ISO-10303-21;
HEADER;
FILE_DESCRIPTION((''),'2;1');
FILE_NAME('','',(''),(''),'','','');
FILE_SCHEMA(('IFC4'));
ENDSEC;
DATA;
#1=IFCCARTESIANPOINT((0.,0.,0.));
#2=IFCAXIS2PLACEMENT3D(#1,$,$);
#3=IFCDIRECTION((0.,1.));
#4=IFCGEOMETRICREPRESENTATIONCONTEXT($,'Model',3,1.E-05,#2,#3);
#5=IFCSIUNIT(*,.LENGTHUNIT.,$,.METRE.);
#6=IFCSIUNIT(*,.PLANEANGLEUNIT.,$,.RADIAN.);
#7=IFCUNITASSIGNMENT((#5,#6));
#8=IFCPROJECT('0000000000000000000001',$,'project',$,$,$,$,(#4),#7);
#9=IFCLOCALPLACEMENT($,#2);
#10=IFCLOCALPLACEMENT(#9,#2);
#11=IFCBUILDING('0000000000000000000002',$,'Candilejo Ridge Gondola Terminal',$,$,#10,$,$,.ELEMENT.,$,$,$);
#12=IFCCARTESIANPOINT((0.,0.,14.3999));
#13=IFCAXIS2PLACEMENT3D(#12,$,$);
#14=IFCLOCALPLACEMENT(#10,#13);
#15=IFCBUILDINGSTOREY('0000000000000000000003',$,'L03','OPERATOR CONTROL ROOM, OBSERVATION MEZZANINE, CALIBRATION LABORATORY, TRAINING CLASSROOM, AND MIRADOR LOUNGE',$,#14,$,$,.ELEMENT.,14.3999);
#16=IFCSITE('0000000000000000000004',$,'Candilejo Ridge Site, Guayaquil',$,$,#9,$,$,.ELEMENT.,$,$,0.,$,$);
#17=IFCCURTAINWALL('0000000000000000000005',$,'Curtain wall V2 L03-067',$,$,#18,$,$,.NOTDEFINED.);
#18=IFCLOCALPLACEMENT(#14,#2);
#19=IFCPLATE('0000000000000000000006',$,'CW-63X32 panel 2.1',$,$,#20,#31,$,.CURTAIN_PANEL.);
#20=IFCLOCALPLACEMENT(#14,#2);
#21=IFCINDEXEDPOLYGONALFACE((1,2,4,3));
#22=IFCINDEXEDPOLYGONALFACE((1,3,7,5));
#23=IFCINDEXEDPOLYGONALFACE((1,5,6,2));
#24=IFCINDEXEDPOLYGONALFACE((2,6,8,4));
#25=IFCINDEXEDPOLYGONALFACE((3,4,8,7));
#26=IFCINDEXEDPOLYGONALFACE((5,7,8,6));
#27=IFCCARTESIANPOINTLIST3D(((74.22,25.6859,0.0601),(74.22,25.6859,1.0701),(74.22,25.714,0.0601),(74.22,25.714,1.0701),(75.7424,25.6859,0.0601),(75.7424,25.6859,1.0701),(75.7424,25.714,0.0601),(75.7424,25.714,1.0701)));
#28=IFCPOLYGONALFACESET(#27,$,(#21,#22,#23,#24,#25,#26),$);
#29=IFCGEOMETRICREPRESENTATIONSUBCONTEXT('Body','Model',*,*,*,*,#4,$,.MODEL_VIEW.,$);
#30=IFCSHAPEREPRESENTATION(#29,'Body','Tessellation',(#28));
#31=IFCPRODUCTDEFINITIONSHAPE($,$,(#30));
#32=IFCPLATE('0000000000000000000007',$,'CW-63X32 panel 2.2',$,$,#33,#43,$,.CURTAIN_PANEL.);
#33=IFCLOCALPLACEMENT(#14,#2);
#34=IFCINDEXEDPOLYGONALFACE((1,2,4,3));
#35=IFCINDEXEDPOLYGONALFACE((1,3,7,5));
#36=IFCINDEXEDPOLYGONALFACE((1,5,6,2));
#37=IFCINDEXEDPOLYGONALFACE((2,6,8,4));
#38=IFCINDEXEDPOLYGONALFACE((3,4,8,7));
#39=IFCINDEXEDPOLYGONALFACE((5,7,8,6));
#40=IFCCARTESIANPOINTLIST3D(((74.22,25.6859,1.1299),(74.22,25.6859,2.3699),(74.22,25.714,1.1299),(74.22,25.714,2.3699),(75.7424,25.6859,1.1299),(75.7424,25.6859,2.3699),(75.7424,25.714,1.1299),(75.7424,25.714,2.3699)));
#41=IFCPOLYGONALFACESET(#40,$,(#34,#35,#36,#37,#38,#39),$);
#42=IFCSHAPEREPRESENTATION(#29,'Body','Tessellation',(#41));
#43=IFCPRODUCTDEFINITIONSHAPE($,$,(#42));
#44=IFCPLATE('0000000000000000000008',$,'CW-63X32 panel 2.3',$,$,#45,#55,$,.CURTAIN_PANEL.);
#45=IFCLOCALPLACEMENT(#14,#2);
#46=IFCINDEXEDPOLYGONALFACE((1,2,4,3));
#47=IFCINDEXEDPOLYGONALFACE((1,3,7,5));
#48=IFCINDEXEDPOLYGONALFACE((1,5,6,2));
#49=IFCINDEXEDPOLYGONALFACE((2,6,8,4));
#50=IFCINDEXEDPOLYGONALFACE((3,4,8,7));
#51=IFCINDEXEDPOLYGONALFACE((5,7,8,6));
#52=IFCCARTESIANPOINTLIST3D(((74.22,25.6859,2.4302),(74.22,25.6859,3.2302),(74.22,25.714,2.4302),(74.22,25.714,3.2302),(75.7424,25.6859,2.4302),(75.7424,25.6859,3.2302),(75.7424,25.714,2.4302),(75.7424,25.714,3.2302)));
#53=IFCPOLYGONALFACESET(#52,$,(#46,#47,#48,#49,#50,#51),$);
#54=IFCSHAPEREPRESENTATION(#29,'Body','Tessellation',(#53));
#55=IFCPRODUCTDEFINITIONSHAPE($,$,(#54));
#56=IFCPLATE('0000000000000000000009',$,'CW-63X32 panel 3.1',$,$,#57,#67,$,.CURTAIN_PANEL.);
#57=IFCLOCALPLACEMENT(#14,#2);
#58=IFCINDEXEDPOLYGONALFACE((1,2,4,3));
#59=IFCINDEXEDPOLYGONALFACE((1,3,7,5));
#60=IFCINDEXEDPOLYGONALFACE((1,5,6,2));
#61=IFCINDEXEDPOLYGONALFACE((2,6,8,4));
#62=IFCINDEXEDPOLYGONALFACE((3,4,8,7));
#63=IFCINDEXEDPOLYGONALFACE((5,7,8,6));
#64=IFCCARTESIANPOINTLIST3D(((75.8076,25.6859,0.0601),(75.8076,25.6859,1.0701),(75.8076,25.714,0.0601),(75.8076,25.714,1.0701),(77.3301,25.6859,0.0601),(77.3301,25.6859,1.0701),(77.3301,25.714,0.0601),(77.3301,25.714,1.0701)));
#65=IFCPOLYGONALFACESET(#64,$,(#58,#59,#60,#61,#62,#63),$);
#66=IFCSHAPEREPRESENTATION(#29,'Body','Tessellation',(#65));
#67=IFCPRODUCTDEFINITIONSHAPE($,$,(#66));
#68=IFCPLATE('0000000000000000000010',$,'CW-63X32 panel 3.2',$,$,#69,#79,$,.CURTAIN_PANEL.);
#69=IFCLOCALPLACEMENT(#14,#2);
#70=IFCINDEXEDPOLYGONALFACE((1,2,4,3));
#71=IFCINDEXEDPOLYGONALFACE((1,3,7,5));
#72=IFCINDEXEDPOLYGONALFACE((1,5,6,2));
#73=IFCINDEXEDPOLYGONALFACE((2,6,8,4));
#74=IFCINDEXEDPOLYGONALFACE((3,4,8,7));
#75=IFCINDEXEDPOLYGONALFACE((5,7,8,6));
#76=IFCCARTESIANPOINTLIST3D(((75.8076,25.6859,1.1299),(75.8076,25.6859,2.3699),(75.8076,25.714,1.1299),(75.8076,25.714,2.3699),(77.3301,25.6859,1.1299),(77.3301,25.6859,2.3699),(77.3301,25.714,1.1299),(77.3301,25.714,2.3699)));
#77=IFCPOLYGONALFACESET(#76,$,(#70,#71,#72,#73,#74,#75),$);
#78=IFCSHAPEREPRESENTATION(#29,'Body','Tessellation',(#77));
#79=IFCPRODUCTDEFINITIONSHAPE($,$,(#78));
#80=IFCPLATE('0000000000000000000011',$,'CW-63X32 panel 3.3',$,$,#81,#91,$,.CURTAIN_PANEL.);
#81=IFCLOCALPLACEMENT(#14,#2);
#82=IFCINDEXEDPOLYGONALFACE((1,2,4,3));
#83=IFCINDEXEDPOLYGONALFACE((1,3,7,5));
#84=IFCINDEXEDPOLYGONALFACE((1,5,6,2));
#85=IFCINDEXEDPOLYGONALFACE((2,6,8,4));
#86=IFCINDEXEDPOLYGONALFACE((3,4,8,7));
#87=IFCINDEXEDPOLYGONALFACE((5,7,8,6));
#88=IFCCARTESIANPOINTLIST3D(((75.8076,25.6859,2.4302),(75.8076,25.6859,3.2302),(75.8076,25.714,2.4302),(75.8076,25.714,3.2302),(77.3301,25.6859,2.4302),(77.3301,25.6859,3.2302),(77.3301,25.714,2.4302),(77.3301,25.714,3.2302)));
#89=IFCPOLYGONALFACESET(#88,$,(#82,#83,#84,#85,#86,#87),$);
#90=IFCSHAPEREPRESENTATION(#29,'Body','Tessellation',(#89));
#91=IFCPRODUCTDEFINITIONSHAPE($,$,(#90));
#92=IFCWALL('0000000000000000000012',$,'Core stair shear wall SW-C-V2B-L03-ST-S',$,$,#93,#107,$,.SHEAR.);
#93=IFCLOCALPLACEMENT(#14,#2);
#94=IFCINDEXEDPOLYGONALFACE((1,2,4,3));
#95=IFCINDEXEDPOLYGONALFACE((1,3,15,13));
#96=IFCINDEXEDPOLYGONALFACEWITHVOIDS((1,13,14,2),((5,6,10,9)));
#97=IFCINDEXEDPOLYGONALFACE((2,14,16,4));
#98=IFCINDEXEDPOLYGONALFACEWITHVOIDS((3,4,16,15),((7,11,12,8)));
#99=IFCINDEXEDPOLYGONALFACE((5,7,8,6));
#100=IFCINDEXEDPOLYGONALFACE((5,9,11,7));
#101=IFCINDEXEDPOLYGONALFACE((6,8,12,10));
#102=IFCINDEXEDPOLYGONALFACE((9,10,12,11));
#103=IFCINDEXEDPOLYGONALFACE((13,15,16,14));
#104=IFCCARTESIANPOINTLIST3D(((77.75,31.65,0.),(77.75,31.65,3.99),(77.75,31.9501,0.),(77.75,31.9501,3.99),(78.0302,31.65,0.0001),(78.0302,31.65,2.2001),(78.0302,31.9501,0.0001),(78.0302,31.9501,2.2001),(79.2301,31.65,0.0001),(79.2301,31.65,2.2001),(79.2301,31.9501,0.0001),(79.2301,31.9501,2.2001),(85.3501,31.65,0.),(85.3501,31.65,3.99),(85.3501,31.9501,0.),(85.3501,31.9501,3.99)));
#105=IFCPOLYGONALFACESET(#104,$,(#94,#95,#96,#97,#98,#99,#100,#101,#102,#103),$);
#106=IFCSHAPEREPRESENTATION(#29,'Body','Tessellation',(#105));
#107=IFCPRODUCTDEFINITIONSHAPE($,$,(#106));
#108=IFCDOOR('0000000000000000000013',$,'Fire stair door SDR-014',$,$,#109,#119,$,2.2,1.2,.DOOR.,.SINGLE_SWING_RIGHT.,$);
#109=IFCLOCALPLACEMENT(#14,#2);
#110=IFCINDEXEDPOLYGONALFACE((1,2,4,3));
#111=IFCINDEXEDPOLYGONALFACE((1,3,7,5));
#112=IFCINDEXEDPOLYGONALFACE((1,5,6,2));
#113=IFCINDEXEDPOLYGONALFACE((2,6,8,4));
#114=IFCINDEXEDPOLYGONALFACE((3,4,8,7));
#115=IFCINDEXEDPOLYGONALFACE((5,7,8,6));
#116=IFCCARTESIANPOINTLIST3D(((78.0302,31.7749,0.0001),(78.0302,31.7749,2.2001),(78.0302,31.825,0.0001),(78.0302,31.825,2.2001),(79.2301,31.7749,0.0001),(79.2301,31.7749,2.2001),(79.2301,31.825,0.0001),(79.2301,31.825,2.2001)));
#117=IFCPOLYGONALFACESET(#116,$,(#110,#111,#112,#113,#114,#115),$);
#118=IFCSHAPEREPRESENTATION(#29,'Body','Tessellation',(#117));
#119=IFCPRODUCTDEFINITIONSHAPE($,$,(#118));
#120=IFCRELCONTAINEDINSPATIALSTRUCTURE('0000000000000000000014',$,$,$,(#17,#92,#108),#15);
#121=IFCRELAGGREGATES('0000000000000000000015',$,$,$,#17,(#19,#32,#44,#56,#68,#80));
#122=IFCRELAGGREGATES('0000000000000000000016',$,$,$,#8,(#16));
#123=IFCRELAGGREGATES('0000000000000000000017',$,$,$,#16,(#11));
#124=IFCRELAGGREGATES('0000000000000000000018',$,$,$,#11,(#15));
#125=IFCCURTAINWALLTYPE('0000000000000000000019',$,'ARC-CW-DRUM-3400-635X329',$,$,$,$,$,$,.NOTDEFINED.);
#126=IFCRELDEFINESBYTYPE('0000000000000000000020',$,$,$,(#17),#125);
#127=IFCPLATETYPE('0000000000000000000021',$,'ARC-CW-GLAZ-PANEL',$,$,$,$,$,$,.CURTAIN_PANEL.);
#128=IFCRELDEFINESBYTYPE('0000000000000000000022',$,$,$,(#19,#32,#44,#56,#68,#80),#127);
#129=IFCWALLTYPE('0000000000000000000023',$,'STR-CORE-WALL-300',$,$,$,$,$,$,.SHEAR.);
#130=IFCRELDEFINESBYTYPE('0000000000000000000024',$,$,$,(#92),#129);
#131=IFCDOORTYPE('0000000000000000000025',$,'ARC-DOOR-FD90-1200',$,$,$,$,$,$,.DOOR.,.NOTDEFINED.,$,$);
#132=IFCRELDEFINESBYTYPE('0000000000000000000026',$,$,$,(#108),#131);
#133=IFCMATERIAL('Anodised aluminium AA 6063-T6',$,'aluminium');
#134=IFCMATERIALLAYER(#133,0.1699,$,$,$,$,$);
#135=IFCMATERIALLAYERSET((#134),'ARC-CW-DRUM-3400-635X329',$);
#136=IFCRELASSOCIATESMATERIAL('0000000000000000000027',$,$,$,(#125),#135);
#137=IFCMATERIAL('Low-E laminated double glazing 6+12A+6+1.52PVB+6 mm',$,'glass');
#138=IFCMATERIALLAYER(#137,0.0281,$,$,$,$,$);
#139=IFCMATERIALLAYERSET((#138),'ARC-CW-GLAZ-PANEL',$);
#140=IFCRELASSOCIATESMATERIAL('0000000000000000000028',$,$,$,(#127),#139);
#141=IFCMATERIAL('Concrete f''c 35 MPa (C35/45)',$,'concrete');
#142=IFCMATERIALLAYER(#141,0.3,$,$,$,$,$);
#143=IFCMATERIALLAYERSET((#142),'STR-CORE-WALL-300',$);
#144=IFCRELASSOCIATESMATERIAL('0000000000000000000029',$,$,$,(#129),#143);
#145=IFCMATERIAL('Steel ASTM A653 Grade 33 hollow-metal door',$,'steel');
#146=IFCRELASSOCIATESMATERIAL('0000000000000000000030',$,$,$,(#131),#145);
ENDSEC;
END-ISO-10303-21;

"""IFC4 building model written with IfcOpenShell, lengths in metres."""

from ifc_helpers import new_model, si_unit, direction, frame, frame_2d, origin, origin_2d, place, context, subcontext, project, spatial, rectangle, extrude, material, layer, layer_set, type_object, element, fill, aggregate, save


model = new_model("IFC4")

# Units and contexts
model_context = context("Model", 3, precision=1e-05, world=origin(), true_north=direction((0.0, 1.0)))
body_context = subcontext(model_context, "Body", "Model", "MODEL_VIEW")
ifc_project = project(units=[si_unit("LENGTHUNIT", "METRE"), si_unit("PLANEANGLEUNIT", "RADIAN")], contexts=[model_context])

# Site, building, storey
site_placement = place(None, origin())
site = spatial("IfcSite", under=ifc_project, at=site_placement, Name="Candilejo Ridge Site, Guayaquil", CompositionType="ELEMENT", RefElevation=0.0)
building_placement = place(site_placement, origin())
building = spatial("IfcBuilding", under=site, at=building_placement, Name="Candilejo Ridge Gondola Terminal", CompositionType="ELEMENT")
storey_placement = place(building_placement, frame((0.0, 0.0, 14.3999)))
storey = spatial("IfcBuildingStorey", under=building, at=storey_placement, Name="L03", Description="OPERATOR CONTROL ROOM, OBSERVATION MEZZANINE, CALIBRATION LABORATORY, TRAINING CLASSROOM, AND MIRADOR LOUNGE", CompositionType="ELEMENT", Elevation=14.3999)

# Curtain wall, plates
ifc_material_1 = material(Name="Anodised aluminium AA 6063-T6", Category="aluminium")
ifc_layer_1 = layer(ifc_material_1, 0.1699)
ifc_layer_set_1 = layer_set([ifc_layer_1], Name="ARC-CW-DRUM-3400-635X329")
curtain_wall_type = type_object("IfcCurtainWallType", Name="ARC-CW-DRUM-3400-635X329", PredefinedType="NOTDEFINED", material=ifc_layer_set_1)
curtain_wall_placement = place(storey_placement, origin())
curtain_wall = element("IfcCurtainWall", 1, at=curtain_wall_placement, inside=storey, type_object=curtain_wall_type, Name="Curtain wall V2 L03-067", PredefinedType="NOTDEFINED")
ifc_material_2 = material(Name="Low-E laminated double glazing 6+12A+6+1.52PVB+6 mm", Category="glass")
ifc_layer_2 = layer(ifc_material_2, 0.0281)
ifc_layer_set_2 = layer_set([ifc_layer_2], Name="ARC-CW-GLAZ-PANEL")
plate_type = type_object("IfcPlateType", Name="ARC-CW-GLAZ-PANEL", PredefinedType="CURTAIN_PANEL", material=ifc_layer_set_2)
plate_1_placement = place(storey_placement, frame((74.9812, 25.7, 0.0601), z_axis=(0.0, 0.0, 1.0), x_axis=(1.0, 0.0, 0.0)))
plate_1 = element("IfcPlate", 2, at=plate_1_placement, type_object=plate_type, Name="CW-63X32 panel 2.1", PredefinedType="CURTAIN_PANEL", context=body_context, shape_type="SweptSolid", body=[
    extrude(rectangle(XDim=1.5225, YDim=0.0281, at=origin_2d()), origin(), (0.0, 0.0, 1.0), 1.01),
])
plate_2_placement = place(storey_placement, frame((74.9812, 25.7, 1.1299), z_axis=(0.0, 0.0, 1.0), x_axis=(1.0, 0.0, 0.0)))
plate_2 = element("IfcPlate", 3, at=plate_2_placement, type_object=plate_type, Name="CW-63X32 panel 2.2", PredefinedType="CURTAIN_PANEL", context=body_context, shape_type="SweptSolid", body=[
    extrude(rectangle(XDim=1.5225, YDim=0.0281, at=origin_2d()), origin(), (0.0, 0.0, 1.0), 1.24),
])
plate_3_placement = place(storey_placement, frame((74.9812, 25.7, 2.4302), z_axis=(0.0, 0.0, 1.0), x_axis=(1.0, 0.0, 0.0)))
plate_3 = element("IfcPlate", 4, at=plate_3_placement, type_object=plate_type, Name="CW-63X32 panel 2.3", PredefinedType="CURTAIN_PANEL", context=body_context, shape_type="SweptSolid", body=[
    extrude(rectangle(XDim=1.5225, YDim=0.0281, at=origin_2d()), origin(), (0.0, 0.0, 1.0), 0.8),
])
plate_4_placement = place(storey_placement, frame((76.5688, 25.7, 0.0601), z_axis=(0.0, 0.0, 1.0), x_axis=(1.0, 0.0, 0.0)))
plate_4 = element("IfcPlate", 5, at=plate_4_placement, type_object=plate_type, Name="CW-63X32 panel 3.1", PredefinedType="CURTAIN_PANEL", context=body_context, shape_type="SweptSolid", body=[
    extrude(rectangle(XDim=1.5225, YDim=0.0281, at=origin_2d()), origin(), (0.0, 0.0, 1.0), 1.01),
])
plate_5_placement = place(storey_placement, frame((76.5688, 25.7, 1.1299), z_axis=(0.0, 0.0, 1.0), x_axis=(1.0, 0.0, 0.0)))
plate_5 = element("IfcPlate", 6, at=plate_5_placement, type_object=plate_type, Name="CW-63X32 panel 3.2", PredefinedType="CURTAIN_PANEL", context=body_context, shape_type="SweptSolid", body=[
    extrude(rectangle(XDim=1.5225, YDim=0.0281, at=origin_2d()), origin(), (0.0, 0.0, 1.0), 1.24),
])
plate_6_placement = place(storey_placement, frame((76.5688, 25.7, 2.4302), z_axis=(0.0, 0.0, 1.0), x_axis=(1.0, 0.0, 0.0)))
plate_6 = element("IfcPlate", 7, at=plate_6_placement, type_object=plate_type, Name="CW-63X32 panel 3.3", PredefinedType="CURTAIN_PANEL", context=body_context, shape_type="SweptSolid", body=[
    extrude(rectangle(XDim=1.5225, YDim=0.0281, at=origin_2d()), origin(), (0.0, 0.0, 1.0), 0.8),
])
aggregate(curtain_wall, [plate_1, plate_2, plate_3, plate_4, plate_5, plate_6])

# Wall, opening, door
ifc_material_3 = material(Name="Concrete f'c 35 MPa (C35/45)", Category="concrete")
ifc_layer_3 = layer(ifc_material_3, 0.3)
ifc_layer_set_3 = layer_set([ifc_layer_3], Name="STR-CORE-WALL-300")
wall_type = type_object("IfcWallType", Name="STR-CORE-WALL-300", PredefinedType="SHEAR", material=ifc_layer_set_3)
wall_placement = place(storey_placement, frame((77.75, 31.8, 0.0), z_axis=(0.0, 0.0, 1.0), x_axis=(1.0, 0.0, 0.0)))
wall = element("IfcWall", 8, at=wall_placement, inside=storey, type_object=wall_type, Name="Core stair shear wall SW-C-V2B-L03-ST-S", PredefinedType="SHEAR", context=body_context, shape_type="SweptSolid", body=[
    extrude(rectangle(XDim=7.6001, YDim=0.3, at=frame_2d((3.8, 0.0))), origin(), (0.0, 0.0, 1.0), 3.99),
])
opening_placement = place(wall_placement, frame((0.28, 0.0, 0.0)))
opening = element("IfcOpeningElement", 9, at=opening_placement, cuts=wall, PredefinedType="OPENING", context=body_context, shape_type="SweptSolid", body=[
    extrude(rectangle(XDim=1.2, YDim=2.2, at=frame_2d((0.6001, 1.1001))), frame((0.0, 0.1599, 0.0), z_axis=(0.0, -1.0, 0.0), x_axis=(1.0, 0.0, 0.0)), (0.0, 0.0, 1.0), 0.3201),
])
ifc_material_4 = material(Name="Steel ASTM A653 Grade 33 hollow-metal door", Category="steel")
door_type = type_object("IfcDoorType", Name="ARC-DOOR-FD90-1200", OperationType="NOTDEFINED", PredefinedType="DOOR", material=ifc_material_4)
door_placement = place(opening_placement, origin())
door = element("IfcDoor", 10, at=door_placement, inside=storey, type_object=door_type, Name="Fire stair door SDR-014", OperationType="SINGLE_SWING_RIGHT", OverallHeight=2.2, OverallWidth=1.2, PredefinedType="DOOR", context=body_context, shape_type="SweptSolid", body=[
    extrude(rectangle(XDim=1.2, YDim=2.2, at=frame_2d((0.6001, 1.1001))), frame((0.0, 0.0249, 0.0), z_axis=(0.0, -1.0, 0.0), x_axis=(1.0, 0.0, 0.0)), (0.0, 0.0, 1.0), 0.05),
])
fill(opening, door)

save(model, "model.ifc")
